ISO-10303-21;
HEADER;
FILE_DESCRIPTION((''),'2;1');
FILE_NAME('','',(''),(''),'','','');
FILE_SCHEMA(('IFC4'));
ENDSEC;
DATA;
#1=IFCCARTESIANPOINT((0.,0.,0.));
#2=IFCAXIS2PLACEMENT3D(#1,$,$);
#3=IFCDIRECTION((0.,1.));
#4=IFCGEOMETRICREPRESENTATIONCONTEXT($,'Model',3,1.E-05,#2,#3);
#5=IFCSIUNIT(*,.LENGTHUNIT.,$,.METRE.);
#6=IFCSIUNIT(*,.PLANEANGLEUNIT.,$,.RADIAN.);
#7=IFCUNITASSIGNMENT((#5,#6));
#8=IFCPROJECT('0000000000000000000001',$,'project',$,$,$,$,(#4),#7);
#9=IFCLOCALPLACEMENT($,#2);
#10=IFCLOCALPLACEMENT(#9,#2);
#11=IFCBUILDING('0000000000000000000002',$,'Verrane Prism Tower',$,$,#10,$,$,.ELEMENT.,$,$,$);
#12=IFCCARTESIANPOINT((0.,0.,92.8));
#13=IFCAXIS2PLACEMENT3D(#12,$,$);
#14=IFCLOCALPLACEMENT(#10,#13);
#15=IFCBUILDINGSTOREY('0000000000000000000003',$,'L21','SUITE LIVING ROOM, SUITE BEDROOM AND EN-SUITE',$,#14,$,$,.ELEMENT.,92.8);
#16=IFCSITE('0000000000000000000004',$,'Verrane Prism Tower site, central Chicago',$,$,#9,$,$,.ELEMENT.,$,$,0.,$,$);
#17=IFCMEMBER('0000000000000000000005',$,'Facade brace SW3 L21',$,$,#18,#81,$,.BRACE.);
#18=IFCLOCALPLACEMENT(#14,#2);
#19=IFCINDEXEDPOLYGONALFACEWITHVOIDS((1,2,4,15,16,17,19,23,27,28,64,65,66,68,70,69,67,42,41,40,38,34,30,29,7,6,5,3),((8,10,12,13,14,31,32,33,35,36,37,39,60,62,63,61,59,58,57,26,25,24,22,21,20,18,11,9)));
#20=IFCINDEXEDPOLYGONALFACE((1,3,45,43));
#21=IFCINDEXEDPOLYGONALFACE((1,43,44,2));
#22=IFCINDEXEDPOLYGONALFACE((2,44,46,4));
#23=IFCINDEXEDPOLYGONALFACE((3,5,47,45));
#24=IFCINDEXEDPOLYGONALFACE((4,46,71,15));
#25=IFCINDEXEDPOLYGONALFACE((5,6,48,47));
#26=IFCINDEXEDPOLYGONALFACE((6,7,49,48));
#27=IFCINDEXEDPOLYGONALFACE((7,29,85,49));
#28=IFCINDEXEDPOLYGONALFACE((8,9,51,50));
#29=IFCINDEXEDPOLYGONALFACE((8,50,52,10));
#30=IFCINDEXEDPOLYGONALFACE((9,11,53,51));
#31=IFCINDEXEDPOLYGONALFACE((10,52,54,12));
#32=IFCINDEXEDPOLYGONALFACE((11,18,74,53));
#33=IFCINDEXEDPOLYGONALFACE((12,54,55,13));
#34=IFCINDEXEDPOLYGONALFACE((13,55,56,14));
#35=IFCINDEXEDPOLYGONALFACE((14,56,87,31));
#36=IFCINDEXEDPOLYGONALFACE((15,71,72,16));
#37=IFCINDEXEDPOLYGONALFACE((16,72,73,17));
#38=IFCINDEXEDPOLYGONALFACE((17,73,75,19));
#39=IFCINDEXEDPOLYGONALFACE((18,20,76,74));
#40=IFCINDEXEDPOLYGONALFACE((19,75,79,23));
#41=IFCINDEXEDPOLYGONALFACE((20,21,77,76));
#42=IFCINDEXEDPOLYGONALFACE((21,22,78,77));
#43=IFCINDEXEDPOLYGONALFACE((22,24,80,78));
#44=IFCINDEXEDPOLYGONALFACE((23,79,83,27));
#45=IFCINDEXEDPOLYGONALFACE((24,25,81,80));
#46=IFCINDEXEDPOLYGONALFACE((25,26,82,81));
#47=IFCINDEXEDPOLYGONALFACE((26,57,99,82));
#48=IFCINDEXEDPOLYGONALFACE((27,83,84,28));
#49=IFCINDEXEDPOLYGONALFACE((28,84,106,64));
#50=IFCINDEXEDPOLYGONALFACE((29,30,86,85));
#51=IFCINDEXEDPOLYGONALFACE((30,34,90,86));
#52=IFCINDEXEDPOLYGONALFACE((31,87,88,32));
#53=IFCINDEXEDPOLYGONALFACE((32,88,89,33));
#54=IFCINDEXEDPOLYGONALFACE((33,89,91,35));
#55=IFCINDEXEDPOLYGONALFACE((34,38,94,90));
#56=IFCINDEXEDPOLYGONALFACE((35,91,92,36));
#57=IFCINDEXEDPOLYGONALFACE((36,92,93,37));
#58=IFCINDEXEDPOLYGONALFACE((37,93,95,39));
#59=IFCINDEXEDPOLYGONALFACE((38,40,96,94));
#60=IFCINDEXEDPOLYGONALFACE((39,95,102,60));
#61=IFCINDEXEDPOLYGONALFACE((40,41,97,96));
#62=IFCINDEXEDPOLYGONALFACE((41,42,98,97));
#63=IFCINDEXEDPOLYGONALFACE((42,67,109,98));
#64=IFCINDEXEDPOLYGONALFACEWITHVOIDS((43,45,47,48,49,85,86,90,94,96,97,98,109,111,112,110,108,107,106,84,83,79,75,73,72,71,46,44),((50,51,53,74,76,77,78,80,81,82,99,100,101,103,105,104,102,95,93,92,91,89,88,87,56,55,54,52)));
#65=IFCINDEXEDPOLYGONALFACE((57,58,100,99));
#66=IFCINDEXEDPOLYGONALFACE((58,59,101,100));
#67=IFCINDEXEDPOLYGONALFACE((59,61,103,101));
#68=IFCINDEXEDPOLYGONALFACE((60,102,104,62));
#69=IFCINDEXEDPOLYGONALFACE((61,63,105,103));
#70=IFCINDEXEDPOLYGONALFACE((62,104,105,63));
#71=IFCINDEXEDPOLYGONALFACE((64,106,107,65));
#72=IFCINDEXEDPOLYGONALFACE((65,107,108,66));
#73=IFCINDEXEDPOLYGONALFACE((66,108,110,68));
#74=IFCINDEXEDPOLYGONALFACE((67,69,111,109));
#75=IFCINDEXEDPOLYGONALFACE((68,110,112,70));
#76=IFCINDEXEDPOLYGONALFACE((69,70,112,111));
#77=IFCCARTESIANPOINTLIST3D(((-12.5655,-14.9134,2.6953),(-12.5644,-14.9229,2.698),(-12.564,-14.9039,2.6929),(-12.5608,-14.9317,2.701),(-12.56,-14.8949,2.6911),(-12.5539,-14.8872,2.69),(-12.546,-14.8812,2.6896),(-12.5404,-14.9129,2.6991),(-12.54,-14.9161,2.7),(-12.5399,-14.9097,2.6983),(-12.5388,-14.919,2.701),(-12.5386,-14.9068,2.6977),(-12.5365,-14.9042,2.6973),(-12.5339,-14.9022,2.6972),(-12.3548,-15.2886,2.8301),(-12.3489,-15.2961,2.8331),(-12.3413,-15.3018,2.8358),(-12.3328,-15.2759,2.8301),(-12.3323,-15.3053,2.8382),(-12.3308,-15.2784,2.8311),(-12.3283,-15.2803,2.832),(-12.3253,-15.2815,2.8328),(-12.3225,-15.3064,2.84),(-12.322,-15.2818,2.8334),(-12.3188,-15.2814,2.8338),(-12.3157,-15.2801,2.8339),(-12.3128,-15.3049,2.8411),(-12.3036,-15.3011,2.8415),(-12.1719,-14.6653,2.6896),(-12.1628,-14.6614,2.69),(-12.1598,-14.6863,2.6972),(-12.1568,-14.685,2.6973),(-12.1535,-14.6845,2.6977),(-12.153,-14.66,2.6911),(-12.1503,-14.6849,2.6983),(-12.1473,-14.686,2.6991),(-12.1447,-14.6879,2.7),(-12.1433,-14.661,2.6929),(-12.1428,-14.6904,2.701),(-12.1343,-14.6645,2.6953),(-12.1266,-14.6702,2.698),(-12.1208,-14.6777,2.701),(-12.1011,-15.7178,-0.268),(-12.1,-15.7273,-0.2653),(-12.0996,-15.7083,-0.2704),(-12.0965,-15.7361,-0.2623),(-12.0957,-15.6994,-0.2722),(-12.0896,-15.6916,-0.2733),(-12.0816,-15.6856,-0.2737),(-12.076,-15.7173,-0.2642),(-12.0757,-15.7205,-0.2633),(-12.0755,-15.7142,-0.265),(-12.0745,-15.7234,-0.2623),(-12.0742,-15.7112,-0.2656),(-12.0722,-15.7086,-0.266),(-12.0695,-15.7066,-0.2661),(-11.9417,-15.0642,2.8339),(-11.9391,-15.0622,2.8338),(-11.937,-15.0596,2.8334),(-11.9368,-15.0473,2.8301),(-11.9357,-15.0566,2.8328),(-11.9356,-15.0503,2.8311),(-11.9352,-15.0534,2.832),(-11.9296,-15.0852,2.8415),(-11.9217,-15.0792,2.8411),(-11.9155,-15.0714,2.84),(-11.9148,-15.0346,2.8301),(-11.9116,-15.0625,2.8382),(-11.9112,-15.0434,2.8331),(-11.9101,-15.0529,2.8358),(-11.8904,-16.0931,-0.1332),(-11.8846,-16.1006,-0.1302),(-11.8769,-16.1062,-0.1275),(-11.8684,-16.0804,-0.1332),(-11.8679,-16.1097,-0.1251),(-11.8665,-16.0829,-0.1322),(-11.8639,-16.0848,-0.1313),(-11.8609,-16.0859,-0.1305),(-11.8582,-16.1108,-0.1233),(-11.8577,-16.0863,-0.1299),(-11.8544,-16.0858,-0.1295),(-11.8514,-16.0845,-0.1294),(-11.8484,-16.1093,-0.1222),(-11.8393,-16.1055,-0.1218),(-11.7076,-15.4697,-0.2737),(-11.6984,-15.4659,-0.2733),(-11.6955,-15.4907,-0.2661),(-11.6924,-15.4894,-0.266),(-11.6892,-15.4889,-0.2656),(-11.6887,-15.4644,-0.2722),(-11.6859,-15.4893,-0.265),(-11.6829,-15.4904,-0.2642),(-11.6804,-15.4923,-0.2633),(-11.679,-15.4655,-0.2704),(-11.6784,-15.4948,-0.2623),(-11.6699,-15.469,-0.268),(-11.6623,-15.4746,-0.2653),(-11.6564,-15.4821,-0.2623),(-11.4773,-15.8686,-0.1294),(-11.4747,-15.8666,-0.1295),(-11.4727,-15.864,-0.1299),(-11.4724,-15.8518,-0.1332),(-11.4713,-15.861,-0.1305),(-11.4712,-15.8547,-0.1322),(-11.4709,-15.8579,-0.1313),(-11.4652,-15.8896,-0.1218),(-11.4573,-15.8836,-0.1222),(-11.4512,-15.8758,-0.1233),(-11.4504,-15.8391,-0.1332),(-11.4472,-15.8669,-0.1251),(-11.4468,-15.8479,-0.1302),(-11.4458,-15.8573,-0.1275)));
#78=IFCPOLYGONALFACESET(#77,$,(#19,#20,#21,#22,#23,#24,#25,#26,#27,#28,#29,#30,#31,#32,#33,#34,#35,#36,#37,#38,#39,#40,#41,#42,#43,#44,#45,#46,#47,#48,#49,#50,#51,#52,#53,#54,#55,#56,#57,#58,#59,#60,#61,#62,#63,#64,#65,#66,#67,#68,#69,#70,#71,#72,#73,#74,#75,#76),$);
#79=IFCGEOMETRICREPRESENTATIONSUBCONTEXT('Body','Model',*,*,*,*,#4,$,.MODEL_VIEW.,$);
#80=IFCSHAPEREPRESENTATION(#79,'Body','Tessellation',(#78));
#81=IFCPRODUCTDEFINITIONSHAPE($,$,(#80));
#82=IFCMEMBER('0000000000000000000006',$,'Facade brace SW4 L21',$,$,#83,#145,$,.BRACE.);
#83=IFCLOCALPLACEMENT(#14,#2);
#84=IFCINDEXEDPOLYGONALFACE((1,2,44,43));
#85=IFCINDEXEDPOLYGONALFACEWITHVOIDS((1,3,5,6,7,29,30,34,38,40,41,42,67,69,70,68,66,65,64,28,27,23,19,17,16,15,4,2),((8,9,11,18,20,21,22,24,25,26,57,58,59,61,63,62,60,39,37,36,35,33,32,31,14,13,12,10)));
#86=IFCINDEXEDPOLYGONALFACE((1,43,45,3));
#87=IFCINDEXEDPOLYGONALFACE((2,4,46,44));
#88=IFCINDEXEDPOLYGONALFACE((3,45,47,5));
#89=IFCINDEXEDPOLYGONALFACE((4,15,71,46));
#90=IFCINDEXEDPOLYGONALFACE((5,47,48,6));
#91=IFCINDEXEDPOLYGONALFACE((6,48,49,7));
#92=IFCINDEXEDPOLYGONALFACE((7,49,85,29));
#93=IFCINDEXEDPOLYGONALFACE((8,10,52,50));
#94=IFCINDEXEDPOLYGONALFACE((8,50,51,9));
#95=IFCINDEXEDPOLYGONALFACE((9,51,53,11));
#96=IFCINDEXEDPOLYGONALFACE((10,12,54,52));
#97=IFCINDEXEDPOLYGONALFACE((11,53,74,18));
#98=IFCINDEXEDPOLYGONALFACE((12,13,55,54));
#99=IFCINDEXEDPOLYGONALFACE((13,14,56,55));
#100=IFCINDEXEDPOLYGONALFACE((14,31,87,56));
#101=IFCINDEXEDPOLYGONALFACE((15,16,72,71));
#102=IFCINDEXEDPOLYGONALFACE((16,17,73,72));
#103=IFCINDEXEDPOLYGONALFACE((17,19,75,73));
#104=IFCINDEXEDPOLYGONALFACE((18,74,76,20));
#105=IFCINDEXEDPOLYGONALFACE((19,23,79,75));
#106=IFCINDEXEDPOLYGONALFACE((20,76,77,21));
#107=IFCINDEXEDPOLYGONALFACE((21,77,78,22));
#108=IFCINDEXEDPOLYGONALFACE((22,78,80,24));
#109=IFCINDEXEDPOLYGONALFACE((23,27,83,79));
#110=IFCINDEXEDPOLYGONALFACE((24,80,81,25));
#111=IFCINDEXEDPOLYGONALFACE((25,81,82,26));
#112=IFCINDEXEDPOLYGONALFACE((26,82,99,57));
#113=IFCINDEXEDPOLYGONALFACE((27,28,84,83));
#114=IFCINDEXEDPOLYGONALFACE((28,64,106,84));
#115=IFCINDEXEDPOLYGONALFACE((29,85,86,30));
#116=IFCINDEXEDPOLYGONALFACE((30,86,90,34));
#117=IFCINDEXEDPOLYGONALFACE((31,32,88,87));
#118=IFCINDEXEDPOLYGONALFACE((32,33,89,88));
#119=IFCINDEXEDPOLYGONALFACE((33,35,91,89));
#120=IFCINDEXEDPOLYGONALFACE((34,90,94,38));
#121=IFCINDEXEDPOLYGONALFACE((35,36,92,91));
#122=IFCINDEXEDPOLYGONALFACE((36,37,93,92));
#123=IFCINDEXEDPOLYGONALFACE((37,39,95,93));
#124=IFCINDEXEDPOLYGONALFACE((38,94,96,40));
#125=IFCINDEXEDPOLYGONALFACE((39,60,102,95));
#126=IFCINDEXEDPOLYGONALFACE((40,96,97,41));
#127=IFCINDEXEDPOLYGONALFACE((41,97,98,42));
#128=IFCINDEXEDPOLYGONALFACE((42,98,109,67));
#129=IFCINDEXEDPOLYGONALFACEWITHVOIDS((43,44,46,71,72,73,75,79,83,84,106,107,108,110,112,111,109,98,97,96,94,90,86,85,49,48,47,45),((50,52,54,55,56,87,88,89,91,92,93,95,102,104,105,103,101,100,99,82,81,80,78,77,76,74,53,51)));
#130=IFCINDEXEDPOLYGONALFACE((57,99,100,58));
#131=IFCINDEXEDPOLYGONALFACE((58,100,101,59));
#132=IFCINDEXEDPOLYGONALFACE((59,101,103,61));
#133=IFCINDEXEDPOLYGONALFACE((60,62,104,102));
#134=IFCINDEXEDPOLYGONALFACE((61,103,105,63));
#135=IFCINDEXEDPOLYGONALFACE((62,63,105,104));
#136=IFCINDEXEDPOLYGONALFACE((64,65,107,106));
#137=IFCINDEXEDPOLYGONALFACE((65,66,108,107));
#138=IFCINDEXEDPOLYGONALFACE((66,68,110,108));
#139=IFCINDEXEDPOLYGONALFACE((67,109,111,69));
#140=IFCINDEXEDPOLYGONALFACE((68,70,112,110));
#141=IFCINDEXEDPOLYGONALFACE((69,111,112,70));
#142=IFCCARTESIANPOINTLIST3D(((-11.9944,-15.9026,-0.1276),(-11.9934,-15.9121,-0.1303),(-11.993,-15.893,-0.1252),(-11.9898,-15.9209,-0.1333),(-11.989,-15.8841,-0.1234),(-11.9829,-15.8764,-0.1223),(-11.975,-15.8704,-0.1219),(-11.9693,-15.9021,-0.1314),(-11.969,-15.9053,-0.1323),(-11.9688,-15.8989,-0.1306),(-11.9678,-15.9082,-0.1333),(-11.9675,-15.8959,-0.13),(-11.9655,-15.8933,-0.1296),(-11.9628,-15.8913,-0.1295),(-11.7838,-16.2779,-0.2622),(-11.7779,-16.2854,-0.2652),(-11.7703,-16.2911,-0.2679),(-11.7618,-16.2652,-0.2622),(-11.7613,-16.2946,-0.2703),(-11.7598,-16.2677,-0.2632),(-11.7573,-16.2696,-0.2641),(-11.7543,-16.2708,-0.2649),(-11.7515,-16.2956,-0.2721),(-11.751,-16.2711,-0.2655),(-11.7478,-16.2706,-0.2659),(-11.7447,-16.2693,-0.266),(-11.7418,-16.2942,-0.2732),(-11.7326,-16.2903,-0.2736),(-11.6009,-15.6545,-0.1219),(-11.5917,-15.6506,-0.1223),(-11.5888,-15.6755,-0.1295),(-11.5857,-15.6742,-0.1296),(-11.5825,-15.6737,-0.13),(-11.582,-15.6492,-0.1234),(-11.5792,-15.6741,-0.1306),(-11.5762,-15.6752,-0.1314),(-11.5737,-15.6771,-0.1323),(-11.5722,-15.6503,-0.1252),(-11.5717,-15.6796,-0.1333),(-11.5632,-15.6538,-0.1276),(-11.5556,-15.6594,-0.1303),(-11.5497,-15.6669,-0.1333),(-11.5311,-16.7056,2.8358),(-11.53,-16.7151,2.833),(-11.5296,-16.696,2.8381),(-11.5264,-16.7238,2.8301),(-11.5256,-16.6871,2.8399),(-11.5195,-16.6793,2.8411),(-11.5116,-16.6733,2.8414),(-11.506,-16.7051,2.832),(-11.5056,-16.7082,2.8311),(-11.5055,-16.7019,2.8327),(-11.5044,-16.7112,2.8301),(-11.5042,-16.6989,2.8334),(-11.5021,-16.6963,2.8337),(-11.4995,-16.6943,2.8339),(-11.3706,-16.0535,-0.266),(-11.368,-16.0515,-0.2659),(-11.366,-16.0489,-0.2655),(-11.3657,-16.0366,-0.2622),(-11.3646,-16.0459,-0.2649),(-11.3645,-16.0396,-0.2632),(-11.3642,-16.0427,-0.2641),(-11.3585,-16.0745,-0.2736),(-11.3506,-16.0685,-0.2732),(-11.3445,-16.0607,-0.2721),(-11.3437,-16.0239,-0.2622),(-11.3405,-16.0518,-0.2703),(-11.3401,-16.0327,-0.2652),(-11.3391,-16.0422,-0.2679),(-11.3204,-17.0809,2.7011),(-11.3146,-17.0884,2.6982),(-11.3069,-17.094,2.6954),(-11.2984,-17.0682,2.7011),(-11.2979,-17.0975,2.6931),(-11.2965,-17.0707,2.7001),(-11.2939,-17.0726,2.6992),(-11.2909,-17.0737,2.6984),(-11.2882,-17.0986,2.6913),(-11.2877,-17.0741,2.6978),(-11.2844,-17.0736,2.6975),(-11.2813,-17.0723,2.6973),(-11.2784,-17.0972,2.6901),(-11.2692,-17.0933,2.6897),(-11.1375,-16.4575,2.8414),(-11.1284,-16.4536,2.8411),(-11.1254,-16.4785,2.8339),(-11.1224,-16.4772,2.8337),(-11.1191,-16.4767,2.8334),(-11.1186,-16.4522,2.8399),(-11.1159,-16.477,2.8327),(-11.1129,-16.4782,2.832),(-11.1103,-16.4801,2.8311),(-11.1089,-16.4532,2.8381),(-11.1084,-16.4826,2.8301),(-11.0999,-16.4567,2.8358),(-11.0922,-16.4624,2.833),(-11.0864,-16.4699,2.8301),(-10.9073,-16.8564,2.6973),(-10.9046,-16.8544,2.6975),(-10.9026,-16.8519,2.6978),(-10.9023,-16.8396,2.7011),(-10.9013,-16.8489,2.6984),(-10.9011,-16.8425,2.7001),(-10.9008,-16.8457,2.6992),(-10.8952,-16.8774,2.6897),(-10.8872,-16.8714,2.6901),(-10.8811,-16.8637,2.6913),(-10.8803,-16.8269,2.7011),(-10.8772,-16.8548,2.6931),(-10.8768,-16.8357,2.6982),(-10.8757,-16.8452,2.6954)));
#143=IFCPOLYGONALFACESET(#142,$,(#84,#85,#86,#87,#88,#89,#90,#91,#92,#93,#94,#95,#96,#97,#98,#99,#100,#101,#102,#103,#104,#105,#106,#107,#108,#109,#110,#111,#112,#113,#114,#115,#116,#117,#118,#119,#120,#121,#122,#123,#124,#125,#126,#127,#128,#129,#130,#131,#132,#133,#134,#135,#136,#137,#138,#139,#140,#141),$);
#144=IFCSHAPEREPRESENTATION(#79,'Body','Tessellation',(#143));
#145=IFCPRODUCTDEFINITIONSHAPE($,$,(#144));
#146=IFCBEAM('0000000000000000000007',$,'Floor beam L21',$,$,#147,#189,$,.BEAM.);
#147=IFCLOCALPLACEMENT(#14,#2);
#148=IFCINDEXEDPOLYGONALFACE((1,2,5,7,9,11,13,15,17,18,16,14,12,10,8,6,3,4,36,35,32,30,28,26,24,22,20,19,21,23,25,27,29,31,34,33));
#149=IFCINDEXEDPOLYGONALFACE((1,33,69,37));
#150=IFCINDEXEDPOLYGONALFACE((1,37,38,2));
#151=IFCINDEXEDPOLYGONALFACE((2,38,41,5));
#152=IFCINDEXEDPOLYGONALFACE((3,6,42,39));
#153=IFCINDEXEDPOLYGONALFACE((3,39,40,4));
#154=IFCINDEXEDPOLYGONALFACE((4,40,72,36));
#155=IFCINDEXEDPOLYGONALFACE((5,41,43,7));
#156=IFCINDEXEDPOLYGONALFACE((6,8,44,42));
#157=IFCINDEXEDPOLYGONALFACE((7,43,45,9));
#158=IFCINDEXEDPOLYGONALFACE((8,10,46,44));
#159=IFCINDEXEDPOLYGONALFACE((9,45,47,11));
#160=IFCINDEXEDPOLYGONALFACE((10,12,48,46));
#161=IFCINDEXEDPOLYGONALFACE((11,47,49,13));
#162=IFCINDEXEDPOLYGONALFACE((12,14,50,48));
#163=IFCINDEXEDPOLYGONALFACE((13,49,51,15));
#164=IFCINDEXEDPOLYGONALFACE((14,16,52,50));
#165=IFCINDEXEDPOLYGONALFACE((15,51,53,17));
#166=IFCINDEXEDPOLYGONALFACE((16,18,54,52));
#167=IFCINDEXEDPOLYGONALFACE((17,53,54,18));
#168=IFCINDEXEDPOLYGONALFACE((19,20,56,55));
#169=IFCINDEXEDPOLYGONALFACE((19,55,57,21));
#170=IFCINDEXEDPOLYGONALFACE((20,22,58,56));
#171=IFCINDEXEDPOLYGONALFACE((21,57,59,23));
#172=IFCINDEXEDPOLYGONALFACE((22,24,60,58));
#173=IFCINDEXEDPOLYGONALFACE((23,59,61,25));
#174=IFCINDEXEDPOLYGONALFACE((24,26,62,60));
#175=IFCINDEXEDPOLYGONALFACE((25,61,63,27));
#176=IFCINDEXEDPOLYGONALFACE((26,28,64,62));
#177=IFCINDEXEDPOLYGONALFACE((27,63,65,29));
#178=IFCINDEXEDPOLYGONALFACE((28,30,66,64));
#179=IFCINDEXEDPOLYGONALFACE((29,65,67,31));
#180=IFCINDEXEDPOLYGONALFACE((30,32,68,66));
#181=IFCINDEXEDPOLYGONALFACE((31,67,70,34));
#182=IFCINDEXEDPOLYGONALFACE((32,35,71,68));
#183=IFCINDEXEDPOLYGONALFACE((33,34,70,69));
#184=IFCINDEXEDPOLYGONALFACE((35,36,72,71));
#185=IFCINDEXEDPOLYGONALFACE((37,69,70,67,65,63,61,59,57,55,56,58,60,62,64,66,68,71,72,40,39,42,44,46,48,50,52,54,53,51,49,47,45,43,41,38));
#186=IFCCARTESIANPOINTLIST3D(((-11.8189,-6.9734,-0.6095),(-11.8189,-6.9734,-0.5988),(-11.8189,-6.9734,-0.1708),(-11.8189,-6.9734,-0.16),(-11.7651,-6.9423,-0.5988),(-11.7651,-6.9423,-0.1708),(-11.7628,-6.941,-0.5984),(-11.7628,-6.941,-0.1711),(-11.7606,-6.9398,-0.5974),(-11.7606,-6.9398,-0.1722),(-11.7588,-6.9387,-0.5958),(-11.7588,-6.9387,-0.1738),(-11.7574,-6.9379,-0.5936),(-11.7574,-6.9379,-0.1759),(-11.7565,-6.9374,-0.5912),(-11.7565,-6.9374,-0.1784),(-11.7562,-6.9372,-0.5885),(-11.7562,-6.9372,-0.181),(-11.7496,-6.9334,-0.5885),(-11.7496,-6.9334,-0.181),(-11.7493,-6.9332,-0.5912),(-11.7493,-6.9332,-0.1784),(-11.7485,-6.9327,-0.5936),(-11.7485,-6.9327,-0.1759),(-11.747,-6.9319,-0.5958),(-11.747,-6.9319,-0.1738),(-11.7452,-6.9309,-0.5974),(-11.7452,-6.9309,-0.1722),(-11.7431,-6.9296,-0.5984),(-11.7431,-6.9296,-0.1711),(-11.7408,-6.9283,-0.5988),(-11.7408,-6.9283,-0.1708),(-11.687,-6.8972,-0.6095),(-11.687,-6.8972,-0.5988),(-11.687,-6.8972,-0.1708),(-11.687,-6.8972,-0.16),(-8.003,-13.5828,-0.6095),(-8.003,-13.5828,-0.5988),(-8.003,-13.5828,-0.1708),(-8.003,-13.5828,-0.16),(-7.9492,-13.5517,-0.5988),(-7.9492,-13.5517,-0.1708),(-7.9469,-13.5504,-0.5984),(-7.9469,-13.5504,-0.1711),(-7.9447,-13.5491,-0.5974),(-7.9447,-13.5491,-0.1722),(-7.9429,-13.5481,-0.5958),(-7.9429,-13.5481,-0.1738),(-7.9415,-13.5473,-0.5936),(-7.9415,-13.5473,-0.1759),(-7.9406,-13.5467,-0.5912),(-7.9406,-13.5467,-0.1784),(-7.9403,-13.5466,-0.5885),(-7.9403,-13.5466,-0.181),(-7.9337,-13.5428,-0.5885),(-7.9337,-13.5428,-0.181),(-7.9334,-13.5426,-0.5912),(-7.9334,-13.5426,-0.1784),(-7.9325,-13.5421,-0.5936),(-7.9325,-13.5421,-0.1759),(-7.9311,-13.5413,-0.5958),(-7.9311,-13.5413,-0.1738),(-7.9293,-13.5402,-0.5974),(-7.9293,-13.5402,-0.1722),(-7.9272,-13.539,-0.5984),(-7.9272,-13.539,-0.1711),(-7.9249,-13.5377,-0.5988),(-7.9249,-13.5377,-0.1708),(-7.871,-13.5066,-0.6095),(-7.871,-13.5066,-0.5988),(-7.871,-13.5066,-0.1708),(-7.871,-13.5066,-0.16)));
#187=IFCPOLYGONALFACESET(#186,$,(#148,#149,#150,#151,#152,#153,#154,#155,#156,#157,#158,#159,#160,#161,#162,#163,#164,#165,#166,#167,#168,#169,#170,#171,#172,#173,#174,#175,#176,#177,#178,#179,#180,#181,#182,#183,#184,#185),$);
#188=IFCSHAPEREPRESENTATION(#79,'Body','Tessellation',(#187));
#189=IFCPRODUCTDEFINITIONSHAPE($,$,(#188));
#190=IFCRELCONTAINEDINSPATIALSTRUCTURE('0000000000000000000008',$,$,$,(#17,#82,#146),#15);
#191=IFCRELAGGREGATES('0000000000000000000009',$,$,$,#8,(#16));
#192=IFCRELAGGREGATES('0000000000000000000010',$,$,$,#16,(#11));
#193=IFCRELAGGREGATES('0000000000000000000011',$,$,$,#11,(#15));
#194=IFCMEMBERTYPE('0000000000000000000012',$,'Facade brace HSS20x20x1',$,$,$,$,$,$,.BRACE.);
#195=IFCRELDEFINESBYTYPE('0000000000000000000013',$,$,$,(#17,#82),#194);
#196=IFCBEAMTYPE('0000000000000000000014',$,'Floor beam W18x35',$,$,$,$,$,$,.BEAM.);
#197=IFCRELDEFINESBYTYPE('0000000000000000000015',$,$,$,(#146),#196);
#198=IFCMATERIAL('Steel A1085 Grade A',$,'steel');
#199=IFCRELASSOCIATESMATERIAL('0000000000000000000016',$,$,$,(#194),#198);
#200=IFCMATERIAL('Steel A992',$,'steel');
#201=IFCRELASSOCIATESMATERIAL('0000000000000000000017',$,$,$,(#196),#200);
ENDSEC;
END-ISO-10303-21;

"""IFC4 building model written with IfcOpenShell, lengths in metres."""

from ifc_helpers import new_model, si_unit, direction, frame, origin, origin_2d, place, context, subcontext, project, spatial, hollow_rectangle, i_section, extrude, material, material_profile, profile_set, type_object, element, save


model = new_model("IFC4")

# Units and contexts
model_context = context("Model", 3, precision=1e-05, world=origin(), true_north=direction((0.0, 1.0)))
body_context = subcontext(model_context, "Body", "Model", "MODEL_VIEW")
ifc_project = project(units=[si_unit("LENGTHUNIT", "METRE"), si_unit("PLANEANGLEUNIT", "RADIAN")], contexts=[model_context])

# Site, building, storey
site_placement = place(None, origin())
site = spatial("IfcSite", under=ifc_project, at=site_placement, Name="Verrane Prism Tower site, central Chicago", CompositionType="ELEMENT", RefElevation=0.0)
building_placement = place(site_placement, origin())
building = spatial("IfcBuilding", under=site, at=building_placement, Name="Verrane Prism Tower", CompositionType="ELEMENT")
storey_placement = place(building_placement, frame((0.0, 0.0, 92.8)))
storey = spatial("IfcBuildingStorey", under=building, at=storey_placement, Name="L21", Description="SUITE LIVING ROOM, SUITE BEDROOM AND EN-SUITE", CompositionType="ELEMENT", Elevation=92.8)

# Members
ifc_material_1 = material(Name="Steel A1085 Grade A", Category="steel")
ifc_material_profile_1 = material_profile(ifc_material_1, hollow_rectangle(XDim=0.5081, YDim=0.5081, WallThickness=0.0254, InnerFilletRadius=0.0127, OuterFilletRadius=0.0381, at=origin_2d()), Name="HSS20x20x1")
ifc_profile_set_1 = profile_set([ifc_material_profile_1], Name="Steel A1085 Grade A")
member_type_1 = type_object("IfcMemberType", Name="Facade brace HSS20x20x1", PredefinedType="BRACE", material=ifc_profile_set_1)
member_1_placement = place(storey_placement, frame((-11.7734, -15.7876, -0.1978), z_axis=(-0.149525, 0.259035, 0.954224), x_axis=(-0.866067, -0.499927, 0.0)))
element("IfcMember", 1, at=member_1_placement, inside=storey, type_object=member_type_1, Name="Facade brace SW3 L21", PredefinedType="BRACE", context=body_context, shape_type="SweptSolid", body=[
    extrude(hollow_rectangle(XDim=0.5081, YDim=0.5081, WallThickness=0.0254, InnerFilletRadius=0.0127, OuterFilletRadius=0.0381, at=origin_2d()), origin(), (0.0, 0.0, 1.0), 3.1055),
])
member_2_placement = place(storey_placement, frame((-11.6667, -15.9724, -0.1978), z_axis=(0.149236, -0.258607, 0.954385), x_axis=(0.866129, 0.499821, 0.0)))
element("IfcMember", 2, at=member_2_placement, inside=storey, type_object=member_type_1, Name="Facade brace SW4 L21", PredefinedType="BRACE", context=body_context, shape_type="SweptSolid", body=[
    extrude(hollow_rectangle(XDim=0.5081, YDim=0.5081, WallThickness=0.0254, InnerFilletRadius=0.0127, OuterFilletRadius=0.0381, at=origin_2d()), origin(), (0.0, 0.0, 1.0), 3.105),
])

# Beam
ifc_material_2 = material(Name="Steel A992", Category="steel")
ifc_material_profile_2 = material_profile(ifc_material_2, i_section(OverallWidth=0.1523, OverallDepth=0.4495, WebThickness=0.0076, FlangeThickness=0.0107, FilletRadius=0.0103, at=origin_2d()), Name="W18x35")
ifc_profile_set_2 = profile_set([ifc_material_profile_2], Name="Steel A992")
beam_type_1 = type_object("IfcBeamType", Name="Floor beam W18x35", PredefinedType="BEAM", material=ifc_profile_set_2)
beam_1_placement = place(storey_placement, frame((-7.937, -13.5447, -0.3848), z_axis=(-0.499999, 0.866026, 0.0), x_axis=(-0.866026, -0.499999, 0.0)))
element("IfcBeam", 3, at=beam_1_placement, inside=storey, type_object=beam_type_1, Name="Floor beam L21", PredefinedType="BEAM", context=body_context, shape_type="SweptSolid", body=[
    extrude(i_section(OverallWidth=0.1523, OverallDepth=0.4495, WebThickness=0.0076, FlangeThickness=0.0107, FilletRadius=0.0103, at=origin_2d()), origin(), (0.0, 0.0, 1.0), 7.6318),
])

save(model, "model.ifc")
